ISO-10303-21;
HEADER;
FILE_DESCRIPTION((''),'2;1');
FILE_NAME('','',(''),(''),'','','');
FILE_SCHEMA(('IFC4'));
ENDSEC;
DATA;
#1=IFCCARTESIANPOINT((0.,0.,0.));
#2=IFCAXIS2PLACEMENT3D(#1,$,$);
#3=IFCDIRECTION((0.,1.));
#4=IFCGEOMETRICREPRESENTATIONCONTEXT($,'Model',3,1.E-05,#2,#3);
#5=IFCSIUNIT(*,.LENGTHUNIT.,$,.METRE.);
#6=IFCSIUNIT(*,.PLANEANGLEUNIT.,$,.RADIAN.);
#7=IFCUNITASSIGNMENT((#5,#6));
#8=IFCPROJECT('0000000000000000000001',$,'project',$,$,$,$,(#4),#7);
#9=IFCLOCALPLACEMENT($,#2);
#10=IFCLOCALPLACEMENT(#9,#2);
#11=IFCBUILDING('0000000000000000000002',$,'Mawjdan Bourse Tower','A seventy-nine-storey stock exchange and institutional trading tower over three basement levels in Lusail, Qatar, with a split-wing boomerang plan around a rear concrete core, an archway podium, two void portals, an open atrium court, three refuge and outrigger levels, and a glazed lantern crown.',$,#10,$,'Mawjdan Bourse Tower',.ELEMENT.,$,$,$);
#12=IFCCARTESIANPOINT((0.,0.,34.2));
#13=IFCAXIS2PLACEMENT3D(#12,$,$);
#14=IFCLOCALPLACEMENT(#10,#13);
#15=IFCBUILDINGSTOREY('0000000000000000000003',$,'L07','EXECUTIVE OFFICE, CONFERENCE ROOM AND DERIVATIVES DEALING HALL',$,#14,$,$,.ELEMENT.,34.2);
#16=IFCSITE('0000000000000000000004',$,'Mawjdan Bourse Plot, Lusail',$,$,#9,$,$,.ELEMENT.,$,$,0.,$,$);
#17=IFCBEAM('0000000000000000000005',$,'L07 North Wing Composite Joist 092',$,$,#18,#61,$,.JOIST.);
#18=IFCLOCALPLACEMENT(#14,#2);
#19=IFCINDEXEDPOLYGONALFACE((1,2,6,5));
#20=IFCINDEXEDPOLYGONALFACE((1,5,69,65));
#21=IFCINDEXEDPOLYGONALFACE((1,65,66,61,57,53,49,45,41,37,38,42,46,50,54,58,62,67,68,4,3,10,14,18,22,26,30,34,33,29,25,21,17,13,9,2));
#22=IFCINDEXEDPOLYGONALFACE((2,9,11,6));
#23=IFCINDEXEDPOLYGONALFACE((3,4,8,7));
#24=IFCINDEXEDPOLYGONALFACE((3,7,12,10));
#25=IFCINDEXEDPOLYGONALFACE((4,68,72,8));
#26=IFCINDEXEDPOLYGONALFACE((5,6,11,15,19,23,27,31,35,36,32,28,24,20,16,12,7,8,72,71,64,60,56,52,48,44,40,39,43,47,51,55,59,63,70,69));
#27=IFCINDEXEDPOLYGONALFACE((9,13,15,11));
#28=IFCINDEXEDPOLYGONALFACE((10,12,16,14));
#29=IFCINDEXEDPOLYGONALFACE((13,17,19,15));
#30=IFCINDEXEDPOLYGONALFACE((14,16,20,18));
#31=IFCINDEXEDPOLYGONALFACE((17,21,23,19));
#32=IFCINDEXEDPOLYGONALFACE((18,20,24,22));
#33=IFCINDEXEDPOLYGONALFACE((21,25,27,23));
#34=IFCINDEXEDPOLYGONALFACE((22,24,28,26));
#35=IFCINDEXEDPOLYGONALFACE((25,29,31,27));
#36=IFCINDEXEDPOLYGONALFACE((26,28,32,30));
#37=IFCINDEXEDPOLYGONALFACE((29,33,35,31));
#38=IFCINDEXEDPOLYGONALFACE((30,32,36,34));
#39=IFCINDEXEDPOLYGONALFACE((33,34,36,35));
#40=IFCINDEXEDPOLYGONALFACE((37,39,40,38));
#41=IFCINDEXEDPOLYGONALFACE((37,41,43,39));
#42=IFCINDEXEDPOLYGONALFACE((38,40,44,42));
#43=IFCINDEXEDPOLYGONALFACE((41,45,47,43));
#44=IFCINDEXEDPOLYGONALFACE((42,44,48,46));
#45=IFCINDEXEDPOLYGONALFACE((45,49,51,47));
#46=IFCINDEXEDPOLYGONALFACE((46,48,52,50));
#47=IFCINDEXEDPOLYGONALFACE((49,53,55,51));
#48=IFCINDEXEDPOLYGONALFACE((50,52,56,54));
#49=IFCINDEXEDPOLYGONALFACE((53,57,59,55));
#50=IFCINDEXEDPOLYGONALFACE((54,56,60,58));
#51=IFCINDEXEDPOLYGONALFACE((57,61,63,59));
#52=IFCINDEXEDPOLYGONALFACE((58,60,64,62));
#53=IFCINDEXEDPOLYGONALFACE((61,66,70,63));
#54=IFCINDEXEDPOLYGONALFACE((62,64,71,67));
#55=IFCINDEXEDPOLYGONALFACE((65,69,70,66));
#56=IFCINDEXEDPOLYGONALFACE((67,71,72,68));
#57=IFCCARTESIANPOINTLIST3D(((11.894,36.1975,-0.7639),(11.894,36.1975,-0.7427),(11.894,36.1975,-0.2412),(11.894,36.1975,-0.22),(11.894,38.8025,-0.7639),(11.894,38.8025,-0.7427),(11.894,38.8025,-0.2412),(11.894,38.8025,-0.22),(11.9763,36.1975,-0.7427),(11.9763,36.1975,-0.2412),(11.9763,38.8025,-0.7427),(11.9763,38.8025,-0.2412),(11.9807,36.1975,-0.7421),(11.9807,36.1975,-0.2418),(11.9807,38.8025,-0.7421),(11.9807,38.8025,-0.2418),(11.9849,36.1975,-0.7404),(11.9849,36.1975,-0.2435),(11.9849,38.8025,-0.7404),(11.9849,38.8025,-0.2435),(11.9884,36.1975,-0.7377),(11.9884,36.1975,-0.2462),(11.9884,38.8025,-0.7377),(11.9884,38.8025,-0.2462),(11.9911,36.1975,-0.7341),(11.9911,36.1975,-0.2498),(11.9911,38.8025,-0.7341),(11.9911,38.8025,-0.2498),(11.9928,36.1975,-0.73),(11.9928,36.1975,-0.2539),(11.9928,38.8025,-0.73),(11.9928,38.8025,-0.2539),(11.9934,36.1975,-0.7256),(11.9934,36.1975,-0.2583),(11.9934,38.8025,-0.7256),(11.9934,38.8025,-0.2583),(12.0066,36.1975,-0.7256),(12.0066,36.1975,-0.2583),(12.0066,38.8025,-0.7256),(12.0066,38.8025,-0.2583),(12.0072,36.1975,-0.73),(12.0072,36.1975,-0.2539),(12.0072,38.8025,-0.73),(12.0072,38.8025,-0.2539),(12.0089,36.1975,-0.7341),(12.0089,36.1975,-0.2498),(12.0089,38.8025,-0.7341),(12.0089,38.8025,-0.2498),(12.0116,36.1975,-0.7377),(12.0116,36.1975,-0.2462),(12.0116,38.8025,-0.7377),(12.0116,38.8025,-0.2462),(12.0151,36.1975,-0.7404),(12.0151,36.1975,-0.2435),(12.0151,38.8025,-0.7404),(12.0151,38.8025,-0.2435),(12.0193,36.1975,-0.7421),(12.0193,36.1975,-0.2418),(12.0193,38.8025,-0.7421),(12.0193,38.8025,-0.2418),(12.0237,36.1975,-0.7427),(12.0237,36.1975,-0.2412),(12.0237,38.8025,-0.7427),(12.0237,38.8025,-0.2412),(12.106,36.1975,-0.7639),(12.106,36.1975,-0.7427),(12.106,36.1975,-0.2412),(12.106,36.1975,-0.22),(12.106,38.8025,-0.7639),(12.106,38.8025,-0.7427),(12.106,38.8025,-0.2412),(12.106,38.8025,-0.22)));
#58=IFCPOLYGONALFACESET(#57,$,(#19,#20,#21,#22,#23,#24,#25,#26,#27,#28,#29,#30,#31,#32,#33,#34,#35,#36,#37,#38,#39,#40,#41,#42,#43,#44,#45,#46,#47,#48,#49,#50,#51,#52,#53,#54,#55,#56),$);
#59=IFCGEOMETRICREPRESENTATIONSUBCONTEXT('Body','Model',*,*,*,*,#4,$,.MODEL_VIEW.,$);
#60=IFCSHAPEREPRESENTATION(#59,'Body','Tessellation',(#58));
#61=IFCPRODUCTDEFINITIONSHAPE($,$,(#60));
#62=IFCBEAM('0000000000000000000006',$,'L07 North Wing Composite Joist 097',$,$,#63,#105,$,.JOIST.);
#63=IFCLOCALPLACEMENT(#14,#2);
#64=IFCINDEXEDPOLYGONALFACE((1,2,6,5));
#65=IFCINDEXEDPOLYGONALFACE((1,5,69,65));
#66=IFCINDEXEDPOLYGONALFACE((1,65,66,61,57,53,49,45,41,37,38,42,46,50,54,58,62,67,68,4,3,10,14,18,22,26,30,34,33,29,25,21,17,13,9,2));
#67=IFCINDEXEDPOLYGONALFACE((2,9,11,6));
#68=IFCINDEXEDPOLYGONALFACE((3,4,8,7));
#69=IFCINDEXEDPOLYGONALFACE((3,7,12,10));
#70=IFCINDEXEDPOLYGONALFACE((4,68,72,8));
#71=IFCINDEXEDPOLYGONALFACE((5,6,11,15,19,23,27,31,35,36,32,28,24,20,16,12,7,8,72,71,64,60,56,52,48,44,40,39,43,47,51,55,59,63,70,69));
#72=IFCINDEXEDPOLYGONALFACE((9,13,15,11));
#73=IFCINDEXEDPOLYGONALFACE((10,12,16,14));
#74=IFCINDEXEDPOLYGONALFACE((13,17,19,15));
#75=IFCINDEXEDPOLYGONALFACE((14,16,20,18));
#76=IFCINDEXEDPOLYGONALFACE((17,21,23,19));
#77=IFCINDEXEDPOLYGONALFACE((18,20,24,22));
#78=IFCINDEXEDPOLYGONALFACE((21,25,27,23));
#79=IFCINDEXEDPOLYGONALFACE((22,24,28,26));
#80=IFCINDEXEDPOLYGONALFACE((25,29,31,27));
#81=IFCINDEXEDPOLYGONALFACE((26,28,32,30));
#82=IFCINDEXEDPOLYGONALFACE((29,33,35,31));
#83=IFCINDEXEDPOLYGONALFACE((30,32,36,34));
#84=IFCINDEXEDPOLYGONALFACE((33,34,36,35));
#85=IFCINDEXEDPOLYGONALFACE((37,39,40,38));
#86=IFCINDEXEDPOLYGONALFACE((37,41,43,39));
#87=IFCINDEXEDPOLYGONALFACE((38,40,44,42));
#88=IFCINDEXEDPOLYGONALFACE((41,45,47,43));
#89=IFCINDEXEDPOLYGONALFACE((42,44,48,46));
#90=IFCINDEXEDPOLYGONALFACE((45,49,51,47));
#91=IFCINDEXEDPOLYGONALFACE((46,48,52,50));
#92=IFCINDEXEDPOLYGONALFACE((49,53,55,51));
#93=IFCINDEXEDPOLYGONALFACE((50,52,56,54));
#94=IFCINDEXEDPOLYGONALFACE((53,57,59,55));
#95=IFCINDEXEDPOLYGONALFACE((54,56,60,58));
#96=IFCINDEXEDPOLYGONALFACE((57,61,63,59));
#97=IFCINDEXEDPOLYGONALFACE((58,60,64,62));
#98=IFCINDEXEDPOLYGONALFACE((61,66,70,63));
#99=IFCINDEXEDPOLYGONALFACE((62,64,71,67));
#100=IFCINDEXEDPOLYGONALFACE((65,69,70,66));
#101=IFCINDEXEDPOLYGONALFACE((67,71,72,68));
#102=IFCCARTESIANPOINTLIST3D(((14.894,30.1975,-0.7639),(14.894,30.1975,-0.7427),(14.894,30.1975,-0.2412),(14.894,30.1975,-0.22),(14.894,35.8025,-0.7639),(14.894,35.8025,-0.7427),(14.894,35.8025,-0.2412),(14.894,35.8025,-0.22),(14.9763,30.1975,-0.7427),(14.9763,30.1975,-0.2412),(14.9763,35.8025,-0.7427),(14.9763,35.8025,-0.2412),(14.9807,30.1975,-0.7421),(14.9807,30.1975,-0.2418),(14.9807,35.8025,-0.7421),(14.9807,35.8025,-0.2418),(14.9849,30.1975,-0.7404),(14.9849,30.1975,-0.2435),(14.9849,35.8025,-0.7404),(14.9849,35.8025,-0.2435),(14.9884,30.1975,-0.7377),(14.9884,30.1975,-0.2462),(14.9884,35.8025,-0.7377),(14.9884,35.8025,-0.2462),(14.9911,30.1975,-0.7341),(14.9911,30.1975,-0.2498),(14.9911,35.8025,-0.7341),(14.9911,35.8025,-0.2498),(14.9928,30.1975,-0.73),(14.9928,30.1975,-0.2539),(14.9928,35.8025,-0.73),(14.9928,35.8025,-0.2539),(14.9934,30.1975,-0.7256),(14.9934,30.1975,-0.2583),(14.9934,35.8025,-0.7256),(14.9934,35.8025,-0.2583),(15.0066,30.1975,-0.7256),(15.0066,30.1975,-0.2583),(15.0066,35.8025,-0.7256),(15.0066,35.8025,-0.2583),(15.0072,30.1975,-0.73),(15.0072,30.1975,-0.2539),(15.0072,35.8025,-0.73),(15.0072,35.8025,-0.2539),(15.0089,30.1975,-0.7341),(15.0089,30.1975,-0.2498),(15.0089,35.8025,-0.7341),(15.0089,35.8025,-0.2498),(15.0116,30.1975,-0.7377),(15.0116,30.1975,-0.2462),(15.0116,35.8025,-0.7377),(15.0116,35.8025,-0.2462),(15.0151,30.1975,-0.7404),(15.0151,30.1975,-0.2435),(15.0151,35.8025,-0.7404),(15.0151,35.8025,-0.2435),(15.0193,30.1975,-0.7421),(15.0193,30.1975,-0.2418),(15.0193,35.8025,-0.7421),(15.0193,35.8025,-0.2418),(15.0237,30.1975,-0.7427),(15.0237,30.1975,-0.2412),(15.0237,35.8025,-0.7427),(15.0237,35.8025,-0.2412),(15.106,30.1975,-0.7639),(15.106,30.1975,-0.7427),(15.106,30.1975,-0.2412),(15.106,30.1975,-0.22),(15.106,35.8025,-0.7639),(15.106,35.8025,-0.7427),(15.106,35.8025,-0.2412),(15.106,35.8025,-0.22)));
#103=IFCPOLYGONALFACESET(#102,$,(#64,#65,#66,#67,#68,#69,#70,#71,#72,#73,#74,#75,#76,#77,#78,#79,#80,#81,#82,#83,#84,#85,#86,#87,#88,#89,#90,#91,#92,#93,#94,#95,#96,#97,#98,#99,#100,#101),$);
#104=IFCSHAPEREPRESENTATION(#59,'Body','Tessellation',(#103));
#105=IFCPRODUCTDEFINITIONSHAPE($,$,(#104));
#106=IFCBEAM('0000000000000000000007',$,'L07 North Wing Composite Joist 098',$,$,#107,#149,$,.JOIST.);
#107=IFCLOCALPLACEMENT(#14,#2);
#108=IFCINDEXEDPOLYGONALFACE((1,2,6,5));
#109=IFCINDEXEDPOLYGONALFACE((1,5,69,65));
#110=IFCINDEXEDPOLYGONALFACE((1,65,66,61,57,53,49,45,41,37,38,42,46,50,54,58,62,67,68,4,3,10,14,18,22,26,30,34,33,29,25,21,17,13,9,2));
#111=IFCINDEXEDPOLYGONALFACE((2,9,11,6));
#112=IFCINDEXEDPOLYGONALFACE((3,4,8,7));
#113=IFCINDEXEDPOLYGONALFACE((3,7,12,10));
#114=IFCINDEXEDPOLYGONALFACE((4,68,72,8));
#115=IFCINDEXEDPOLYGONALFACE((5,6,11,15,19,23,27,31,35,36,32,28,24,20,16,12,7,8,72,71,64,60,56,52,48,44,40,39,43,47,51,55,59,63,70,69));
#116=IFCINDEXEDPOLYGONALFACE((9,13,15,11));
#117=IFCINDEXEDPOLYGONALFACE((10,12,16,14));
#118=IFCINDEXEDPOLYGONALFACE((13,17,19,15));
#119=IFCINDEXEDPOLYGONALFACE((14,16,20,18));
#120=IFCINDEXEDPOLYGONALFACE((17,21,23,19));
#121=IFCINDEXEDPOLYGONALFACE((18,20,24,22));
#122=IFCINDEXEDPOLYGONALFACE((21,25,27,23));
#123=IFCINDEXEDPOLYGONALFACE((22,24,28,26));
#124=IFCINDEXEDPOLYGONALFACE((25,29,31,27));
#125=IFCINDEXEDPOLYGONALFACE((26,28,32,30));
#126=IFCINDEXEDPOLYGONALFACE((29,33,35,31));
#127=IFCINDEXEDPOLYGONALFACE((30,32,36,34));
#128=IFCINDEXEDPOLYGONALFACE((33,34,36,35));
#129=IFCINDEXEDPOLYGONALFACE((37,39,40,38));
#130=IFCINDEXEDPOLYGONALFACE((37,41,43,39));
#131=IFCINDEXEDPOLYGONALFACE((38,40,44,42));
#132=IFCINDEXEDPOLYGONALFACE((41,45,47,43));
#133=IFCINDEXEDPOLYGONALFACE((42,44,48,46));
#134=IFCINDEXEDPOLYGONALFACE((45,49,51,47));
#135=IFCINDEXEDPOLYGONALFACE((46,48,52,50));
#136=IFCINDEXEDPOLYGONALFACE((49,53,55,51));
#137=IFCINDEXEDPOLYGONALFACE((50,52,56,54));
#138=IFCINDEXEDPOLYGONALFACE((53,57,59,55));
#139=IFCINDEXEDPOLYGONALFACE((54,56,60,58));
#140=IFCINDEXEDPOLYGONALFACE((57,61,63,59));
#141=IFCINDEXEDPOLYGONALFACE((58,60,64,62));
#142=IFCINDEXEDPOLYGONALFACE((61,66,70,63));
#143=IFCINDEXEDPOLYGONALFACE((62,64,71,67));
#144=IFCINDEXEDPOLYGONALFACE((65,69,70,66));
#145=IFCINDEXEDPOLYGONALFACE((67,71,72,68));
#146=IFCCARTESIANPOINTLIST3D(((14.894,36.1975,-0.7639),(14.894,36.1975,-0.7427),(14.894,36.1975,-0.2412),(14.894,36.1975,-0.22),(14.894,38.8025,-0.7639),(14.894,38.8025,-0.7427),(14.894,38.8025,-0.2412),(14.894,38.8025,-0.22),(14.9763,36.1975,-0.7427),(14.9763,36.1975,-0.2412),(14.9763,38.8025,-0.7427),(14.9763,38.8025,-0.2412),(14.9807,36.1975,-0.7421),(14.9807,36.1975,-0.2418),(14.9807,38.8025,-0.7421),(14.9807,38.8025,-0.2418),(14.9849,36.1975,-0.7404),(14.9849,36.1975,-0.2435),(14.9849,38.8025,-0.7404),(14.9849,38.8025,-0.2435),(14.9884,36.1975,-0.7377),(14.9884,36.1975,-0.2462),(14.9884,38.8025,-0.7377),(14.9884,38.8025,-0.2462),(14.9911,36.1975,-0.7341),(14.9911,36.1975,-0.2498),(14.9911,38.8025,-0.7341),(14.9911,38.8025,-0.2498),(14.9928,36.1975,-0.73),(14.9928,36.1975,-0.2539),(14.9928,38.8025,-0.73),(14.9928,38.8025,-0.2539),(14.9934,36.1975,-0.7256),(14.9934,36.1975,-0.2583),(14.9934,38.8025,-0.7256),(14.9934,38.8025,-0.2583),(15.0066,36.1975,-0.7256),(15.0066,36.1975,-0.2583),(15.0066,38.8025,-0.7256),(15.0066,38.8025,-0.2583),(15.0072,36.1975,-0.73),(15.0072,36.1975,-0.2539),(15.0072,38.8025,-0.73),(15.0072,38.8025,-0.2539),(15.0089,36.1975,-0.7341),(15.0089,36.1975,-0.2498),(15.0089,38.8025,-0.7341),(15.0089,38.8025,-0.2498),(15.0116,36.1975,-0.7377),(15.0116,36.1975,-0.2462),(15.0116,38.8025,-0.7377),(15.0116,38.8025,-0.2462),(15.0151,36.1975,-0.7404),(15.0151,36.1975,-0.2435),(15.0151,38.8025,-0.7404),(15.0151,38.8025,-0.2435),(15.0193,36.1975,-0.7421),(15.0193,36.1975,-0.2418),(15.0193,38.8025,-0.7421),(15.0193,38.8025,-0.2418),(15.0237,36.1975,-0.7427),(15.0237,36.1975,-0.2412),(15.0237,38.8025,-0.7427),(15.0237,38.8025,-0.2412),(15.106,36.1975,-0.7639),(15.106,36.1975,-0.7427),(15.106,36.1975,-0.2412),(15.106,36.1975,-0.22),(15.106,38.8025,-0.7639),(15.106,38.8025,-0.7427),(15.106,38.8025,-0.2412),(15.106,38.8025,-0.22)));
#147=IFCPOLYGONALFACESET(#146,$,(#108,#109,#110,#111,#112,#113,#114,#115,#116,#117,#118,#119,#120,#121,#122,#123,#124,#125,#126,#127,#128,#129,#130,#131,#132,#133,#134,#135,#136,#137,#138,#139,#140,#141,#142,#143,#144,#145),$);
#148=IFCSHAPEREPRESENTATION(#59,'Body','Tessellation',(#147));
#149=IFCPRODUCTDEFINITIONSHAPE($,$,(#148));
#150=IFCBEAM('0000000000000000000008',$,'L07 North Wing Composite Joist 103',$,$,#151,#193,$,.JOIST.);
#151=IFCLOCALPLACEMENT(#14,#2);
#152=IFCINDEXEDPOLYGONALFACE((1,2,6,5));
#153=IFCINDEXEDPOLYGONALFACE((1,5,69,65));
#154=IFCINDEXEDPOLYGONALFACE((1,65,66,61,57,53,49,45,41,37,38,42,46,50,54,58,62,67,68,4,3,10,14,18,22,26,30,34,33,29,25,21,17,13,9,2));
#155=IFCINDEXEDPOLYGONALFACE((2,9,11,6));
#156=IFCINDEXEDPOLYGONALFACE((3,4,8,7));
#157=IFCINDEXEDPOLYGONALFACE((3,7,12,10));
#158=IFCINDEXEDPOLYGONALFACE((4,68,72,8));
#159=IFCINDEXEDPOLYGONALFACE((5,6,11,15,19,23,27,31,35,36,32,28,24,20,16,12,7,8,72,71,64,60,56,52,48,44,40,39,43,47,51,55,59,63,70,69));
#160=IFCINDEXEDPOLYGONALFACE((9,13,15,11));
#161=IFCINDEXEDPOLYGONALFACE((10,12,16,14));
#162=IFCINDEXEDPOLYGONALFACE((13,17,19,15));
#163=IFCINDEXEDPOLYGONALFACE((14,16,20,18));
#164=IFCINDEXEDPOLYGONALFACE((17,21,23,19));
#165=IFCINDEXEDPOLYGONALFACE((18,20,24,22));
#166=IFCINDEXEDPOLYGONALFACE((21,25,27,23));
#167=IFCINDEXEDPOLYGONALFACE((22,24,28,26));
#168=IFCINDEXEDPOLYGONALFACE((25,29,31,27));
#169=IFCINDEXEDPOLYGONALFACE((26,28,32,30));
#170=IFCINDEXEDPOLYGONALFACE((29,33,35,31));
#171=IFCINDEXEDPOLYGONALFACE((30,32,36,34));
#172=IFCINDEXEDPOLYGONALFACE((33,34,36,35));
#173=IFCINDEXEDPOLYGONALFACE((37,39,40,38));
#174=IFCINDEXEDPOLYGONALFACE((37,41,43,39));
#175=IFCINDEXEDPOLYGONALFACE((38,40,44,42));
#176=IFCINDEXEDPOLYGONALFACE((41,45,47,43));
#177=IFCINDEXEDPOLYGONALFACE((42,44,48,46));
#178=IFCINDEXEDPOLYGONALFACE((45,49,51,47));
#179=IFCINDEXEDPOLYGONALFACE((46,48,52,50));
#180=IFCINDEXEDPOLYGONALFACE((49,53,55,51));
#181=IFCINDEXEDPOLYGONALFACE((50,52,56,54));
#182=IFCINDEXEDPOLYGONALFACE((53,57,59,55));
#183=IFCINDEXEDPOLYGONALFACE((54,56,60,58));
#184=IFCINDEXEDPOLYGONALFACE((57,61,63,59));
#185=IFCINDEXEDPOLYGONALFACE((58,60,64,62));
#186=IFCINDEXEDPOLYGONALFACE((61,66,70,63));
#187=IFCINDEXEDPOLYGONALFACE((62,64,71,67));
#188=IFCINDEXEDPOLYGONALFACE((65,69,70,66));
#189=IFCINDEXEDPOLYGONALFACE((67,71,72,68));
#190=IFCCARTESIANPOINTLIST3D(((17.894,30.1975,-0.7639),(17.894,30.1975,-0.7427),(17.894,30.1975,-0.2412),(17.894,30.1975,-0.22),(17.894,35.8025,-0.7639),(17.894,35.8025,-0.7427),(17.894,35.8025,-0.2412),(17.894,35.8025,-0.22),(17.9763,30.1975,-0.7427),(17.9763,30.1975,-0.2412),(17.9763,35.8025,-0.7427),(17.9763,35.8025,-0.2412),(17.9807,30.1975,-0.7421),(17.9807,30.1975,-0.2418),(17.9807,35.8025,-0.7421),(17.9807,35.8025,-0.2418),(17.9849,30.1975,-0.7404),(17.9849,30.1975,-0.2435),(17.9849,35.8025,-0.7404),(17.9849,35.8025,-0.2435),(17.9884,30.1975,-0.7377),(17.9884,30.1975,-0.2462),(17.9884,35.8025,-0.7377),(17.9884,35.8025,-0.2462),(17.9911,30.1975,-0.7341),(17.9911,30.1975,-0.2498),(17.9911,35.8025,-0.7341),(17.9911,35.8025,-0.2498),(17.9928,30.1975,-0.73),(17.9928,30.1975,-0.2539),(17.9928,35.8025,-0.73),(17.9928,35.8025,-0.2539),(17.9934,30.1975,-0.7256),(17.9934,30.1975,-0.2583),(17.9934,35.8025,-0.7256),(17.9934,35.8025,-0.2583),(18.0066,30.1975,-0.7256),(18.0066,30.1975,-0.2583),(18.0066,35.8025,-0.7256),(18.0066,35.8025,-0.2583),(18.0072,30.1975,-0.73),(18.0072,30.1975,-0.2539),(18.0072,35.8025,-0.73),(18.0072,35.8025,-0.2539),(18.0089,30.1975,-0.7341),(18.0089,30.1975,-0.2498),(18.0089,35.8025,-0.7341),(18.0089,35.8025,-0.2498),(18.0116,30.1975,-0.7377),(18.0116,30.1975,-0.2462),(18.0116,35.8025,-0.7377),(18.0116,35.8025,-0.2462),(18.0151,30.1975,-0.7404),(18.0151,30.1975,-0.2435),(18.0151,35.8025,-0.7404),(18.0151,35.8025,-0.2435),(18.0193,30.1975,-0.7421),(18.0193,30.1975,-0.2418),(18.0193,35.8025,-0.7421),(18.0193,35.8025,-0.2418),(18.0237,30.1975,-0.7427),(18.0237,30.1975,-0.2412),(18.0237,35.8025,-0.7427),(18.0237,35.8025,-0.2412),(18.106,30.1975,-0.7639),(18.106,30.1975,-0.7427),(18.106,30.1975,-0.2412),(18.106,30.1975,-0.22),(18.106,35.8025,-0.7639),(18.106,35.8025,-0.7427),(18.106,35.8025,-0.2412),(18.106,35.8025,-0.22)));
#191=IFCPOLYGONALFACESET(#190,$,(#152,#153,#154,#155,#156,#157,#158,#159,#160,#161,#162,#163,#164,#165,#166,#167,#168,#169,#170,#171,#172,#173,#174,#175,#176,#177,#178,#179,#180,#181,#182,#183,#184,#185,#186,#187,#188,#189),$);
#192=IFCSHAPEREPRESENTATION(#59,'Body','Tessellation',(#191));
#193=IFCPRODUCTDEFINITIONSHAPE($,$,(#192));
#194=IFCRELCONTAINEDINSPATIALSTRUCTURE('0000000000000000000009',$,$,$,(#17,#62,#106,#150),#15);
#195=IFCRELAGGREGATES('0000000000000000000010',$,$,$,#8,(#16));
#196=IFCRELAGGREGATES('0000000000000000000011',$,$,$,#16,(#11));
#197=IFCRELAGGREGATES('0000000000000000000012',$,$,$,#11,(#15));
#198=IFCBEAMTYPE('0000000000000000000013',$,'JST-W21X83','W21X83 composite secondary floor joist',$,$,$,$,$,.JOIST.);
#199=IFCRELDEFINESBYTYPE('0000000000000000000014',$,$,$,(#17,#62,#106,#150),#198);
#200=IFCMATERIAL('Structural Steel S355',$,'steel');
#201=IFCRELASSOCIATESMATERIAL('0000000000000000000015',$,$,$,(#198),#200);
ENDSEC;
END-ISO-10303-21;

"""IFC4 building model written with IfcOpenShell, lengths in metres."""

from ifc_helpers import new_model, si_unit, direction, frame, origin, origin_2d, place, context, subcontext, project, spatial, i_section, extrude, material, material_profile, profile_set, type_object, element, save


model = new_model("IFC4")

# Units and contexts
model_context = context("Model", 3, precision=1e-05, world=origin(), true_north=direction((0.0, 1.0)))
body_context = subcontext(model_context, "Body", "Model", "MODEL_VIEW")
ifc_project = project(units=[si_unit("LENGTHUNIT", "METRE"), si_unit("PLANEANGLEUNIT", "RADIAN")], contexts=[model_context])

# Site, building, storey
site_placement = place(None, origin())
site = spatial("IfcSite", under=ifc_project, at=site_placement, Name="Mawjdan Bourse Plot, Lusail", CompositionType="ELEMENT", RefElevation=0.0)
building_placement = place(site_placement, origin())
building = spatial("IfcBuilding", under=site, at=building_placement, Name="Mawjdan Bourse Tower", Description="A seventy-nine-storey stock exchange and institutional trading tower over three basement levels in Lusail, Qatar, with a split-wing boomerang plan around a rear concrete core, an archway podium, two void portals, an open atrium court, three refuge and outrigger levels, and a glazed lantern crown.", LongName="Mawjdan Bourse Tower", CompositionType="ELEMENT")
storey_placement = place(building_placement, frame((0.0, 0.0, 34.2)))
storey = spatial("IfcBuildingStorey", under=building, at=storey_placement, Name="L07", Description="EXECUTIVE OFFICE, CONFERENCE ROOM AND DERIVATIVES DEALING HALL", CompositionType="ELEMENT", Elevation=34.2)

# Beams
ifc_material_1 = material(Name="Structural Steel S355", Category="steel")
ifc_material_profile_1 = material_profile(ifc_material_1, i_section(OverallWidth=0.2119, OverallDepth=0.5439, WebThickness=0.0132, FlangeThickness=0.0212, FilletRadius=0.0171, at=origin_2d()), Name="W21X83")
ifc_profile_set_1 = profile_set([ifc_material_profile_1], Name="Structural Steel S355")
beam_type_1 = type_object("IfcBeamType", Name="JST-W21X83", Description="W21X83 composite secondary floor joist", PredefinedType="JOIST", material=ifc_profile_set_1)
beam_1_placement = place(storey_placement, frame((12.0, 36.1975, -0.4919), z_axis=(0.0, 1.0, 0.0), x_axis=(-1.0, 0.0, 0.0)))
element("IfcBeam", 1, at=beam_1_placement, inside=storey, type_object=beam_type_1, Name="L07 North Wing Composite Joist 092", PredefinedType="JOIST", context=body_context, shape_type="SweptSolid", body=[
    extrude(i_section(OverallWidth=0.2119, OverallDepth=0.5439, WebThickness=0.0132, FlangeThickness=0.0212, FilletRadius=0.0171, at=origin_2d()), origin(), (0.0, 0.0, 1.0), 2.605),
])
beam_2_placement = place(storey_placement, frame((15.0, 30.1975, -0.4919), z_axis=(0.0, 1.0, 0.0), x_axis=(-1.0, 0.0, 0.0)))
element("IfcBeam", 2, at=beam_2_placement, inside=storey, type_object=beam_type_1, Name="L07 North Wing Composite Joist 097", PredefinedType="JOIST", context=body_context, shape_type="SweptSolid", body=[
    extrude(i_section(OverallWidth=0.2119, OverallDepth=0.5439, WebThickness=0.0132, FlangeThickness=0.0212, FilletRadius=0.0171, at=origin_2d()), origin(), (0.0, 0.0, 1.0), 5.605),
])
beam_3_placement = place(storey_placement, frame((15.0, 36.1975, -0.4919), z_axis=(0.0, 1.0, 0.0), x_axis=(-1.0, 0.0, 0.0)))
element("IfcBeam", 3, at=beam_3_placement, inside=storey, type_object=beam_type_1, Name="L07 North Wing Composite Joist 098", PredefinedType="JOIST", context=body_context, shape_type="SweptSolid", body=[
    extrude(i_section(OverallWidth=0.2119, OverallDepth=0.5439, WebThickness=0.0132, FlangeThickness=0.0212, FilletRadius=0.0171, at=origin_2d()), origin(), (0.0, 0.0, 1.0), 2.605),
])
beam_4_placement = place(storey_placement, frame((18.0, 30.1975, -0.4919), z_axis=(0.0, 1.0, 0.0), x_axis=(-1.0, 0.0, 0.0)))
element("IfcBeam", 4, at=beam_4_placement, inside=storey, type_object=beam_type_1, Name="L07 North Wing Composite Joist 103", PredefinedType="JOIST", context=body_context, shape_type="SweptSolid", body=[
    extrude(i_section(OverallWidth=0.2119, OverallDepth=0.5439, WebThickness=0.0132, FlangeThickness=0.0212, FilletRadius=0.0171, at=origin_2d()), origin(), (0.0, 0.0, 1.0), 5.605),
])

save(model, "model.ifc")
